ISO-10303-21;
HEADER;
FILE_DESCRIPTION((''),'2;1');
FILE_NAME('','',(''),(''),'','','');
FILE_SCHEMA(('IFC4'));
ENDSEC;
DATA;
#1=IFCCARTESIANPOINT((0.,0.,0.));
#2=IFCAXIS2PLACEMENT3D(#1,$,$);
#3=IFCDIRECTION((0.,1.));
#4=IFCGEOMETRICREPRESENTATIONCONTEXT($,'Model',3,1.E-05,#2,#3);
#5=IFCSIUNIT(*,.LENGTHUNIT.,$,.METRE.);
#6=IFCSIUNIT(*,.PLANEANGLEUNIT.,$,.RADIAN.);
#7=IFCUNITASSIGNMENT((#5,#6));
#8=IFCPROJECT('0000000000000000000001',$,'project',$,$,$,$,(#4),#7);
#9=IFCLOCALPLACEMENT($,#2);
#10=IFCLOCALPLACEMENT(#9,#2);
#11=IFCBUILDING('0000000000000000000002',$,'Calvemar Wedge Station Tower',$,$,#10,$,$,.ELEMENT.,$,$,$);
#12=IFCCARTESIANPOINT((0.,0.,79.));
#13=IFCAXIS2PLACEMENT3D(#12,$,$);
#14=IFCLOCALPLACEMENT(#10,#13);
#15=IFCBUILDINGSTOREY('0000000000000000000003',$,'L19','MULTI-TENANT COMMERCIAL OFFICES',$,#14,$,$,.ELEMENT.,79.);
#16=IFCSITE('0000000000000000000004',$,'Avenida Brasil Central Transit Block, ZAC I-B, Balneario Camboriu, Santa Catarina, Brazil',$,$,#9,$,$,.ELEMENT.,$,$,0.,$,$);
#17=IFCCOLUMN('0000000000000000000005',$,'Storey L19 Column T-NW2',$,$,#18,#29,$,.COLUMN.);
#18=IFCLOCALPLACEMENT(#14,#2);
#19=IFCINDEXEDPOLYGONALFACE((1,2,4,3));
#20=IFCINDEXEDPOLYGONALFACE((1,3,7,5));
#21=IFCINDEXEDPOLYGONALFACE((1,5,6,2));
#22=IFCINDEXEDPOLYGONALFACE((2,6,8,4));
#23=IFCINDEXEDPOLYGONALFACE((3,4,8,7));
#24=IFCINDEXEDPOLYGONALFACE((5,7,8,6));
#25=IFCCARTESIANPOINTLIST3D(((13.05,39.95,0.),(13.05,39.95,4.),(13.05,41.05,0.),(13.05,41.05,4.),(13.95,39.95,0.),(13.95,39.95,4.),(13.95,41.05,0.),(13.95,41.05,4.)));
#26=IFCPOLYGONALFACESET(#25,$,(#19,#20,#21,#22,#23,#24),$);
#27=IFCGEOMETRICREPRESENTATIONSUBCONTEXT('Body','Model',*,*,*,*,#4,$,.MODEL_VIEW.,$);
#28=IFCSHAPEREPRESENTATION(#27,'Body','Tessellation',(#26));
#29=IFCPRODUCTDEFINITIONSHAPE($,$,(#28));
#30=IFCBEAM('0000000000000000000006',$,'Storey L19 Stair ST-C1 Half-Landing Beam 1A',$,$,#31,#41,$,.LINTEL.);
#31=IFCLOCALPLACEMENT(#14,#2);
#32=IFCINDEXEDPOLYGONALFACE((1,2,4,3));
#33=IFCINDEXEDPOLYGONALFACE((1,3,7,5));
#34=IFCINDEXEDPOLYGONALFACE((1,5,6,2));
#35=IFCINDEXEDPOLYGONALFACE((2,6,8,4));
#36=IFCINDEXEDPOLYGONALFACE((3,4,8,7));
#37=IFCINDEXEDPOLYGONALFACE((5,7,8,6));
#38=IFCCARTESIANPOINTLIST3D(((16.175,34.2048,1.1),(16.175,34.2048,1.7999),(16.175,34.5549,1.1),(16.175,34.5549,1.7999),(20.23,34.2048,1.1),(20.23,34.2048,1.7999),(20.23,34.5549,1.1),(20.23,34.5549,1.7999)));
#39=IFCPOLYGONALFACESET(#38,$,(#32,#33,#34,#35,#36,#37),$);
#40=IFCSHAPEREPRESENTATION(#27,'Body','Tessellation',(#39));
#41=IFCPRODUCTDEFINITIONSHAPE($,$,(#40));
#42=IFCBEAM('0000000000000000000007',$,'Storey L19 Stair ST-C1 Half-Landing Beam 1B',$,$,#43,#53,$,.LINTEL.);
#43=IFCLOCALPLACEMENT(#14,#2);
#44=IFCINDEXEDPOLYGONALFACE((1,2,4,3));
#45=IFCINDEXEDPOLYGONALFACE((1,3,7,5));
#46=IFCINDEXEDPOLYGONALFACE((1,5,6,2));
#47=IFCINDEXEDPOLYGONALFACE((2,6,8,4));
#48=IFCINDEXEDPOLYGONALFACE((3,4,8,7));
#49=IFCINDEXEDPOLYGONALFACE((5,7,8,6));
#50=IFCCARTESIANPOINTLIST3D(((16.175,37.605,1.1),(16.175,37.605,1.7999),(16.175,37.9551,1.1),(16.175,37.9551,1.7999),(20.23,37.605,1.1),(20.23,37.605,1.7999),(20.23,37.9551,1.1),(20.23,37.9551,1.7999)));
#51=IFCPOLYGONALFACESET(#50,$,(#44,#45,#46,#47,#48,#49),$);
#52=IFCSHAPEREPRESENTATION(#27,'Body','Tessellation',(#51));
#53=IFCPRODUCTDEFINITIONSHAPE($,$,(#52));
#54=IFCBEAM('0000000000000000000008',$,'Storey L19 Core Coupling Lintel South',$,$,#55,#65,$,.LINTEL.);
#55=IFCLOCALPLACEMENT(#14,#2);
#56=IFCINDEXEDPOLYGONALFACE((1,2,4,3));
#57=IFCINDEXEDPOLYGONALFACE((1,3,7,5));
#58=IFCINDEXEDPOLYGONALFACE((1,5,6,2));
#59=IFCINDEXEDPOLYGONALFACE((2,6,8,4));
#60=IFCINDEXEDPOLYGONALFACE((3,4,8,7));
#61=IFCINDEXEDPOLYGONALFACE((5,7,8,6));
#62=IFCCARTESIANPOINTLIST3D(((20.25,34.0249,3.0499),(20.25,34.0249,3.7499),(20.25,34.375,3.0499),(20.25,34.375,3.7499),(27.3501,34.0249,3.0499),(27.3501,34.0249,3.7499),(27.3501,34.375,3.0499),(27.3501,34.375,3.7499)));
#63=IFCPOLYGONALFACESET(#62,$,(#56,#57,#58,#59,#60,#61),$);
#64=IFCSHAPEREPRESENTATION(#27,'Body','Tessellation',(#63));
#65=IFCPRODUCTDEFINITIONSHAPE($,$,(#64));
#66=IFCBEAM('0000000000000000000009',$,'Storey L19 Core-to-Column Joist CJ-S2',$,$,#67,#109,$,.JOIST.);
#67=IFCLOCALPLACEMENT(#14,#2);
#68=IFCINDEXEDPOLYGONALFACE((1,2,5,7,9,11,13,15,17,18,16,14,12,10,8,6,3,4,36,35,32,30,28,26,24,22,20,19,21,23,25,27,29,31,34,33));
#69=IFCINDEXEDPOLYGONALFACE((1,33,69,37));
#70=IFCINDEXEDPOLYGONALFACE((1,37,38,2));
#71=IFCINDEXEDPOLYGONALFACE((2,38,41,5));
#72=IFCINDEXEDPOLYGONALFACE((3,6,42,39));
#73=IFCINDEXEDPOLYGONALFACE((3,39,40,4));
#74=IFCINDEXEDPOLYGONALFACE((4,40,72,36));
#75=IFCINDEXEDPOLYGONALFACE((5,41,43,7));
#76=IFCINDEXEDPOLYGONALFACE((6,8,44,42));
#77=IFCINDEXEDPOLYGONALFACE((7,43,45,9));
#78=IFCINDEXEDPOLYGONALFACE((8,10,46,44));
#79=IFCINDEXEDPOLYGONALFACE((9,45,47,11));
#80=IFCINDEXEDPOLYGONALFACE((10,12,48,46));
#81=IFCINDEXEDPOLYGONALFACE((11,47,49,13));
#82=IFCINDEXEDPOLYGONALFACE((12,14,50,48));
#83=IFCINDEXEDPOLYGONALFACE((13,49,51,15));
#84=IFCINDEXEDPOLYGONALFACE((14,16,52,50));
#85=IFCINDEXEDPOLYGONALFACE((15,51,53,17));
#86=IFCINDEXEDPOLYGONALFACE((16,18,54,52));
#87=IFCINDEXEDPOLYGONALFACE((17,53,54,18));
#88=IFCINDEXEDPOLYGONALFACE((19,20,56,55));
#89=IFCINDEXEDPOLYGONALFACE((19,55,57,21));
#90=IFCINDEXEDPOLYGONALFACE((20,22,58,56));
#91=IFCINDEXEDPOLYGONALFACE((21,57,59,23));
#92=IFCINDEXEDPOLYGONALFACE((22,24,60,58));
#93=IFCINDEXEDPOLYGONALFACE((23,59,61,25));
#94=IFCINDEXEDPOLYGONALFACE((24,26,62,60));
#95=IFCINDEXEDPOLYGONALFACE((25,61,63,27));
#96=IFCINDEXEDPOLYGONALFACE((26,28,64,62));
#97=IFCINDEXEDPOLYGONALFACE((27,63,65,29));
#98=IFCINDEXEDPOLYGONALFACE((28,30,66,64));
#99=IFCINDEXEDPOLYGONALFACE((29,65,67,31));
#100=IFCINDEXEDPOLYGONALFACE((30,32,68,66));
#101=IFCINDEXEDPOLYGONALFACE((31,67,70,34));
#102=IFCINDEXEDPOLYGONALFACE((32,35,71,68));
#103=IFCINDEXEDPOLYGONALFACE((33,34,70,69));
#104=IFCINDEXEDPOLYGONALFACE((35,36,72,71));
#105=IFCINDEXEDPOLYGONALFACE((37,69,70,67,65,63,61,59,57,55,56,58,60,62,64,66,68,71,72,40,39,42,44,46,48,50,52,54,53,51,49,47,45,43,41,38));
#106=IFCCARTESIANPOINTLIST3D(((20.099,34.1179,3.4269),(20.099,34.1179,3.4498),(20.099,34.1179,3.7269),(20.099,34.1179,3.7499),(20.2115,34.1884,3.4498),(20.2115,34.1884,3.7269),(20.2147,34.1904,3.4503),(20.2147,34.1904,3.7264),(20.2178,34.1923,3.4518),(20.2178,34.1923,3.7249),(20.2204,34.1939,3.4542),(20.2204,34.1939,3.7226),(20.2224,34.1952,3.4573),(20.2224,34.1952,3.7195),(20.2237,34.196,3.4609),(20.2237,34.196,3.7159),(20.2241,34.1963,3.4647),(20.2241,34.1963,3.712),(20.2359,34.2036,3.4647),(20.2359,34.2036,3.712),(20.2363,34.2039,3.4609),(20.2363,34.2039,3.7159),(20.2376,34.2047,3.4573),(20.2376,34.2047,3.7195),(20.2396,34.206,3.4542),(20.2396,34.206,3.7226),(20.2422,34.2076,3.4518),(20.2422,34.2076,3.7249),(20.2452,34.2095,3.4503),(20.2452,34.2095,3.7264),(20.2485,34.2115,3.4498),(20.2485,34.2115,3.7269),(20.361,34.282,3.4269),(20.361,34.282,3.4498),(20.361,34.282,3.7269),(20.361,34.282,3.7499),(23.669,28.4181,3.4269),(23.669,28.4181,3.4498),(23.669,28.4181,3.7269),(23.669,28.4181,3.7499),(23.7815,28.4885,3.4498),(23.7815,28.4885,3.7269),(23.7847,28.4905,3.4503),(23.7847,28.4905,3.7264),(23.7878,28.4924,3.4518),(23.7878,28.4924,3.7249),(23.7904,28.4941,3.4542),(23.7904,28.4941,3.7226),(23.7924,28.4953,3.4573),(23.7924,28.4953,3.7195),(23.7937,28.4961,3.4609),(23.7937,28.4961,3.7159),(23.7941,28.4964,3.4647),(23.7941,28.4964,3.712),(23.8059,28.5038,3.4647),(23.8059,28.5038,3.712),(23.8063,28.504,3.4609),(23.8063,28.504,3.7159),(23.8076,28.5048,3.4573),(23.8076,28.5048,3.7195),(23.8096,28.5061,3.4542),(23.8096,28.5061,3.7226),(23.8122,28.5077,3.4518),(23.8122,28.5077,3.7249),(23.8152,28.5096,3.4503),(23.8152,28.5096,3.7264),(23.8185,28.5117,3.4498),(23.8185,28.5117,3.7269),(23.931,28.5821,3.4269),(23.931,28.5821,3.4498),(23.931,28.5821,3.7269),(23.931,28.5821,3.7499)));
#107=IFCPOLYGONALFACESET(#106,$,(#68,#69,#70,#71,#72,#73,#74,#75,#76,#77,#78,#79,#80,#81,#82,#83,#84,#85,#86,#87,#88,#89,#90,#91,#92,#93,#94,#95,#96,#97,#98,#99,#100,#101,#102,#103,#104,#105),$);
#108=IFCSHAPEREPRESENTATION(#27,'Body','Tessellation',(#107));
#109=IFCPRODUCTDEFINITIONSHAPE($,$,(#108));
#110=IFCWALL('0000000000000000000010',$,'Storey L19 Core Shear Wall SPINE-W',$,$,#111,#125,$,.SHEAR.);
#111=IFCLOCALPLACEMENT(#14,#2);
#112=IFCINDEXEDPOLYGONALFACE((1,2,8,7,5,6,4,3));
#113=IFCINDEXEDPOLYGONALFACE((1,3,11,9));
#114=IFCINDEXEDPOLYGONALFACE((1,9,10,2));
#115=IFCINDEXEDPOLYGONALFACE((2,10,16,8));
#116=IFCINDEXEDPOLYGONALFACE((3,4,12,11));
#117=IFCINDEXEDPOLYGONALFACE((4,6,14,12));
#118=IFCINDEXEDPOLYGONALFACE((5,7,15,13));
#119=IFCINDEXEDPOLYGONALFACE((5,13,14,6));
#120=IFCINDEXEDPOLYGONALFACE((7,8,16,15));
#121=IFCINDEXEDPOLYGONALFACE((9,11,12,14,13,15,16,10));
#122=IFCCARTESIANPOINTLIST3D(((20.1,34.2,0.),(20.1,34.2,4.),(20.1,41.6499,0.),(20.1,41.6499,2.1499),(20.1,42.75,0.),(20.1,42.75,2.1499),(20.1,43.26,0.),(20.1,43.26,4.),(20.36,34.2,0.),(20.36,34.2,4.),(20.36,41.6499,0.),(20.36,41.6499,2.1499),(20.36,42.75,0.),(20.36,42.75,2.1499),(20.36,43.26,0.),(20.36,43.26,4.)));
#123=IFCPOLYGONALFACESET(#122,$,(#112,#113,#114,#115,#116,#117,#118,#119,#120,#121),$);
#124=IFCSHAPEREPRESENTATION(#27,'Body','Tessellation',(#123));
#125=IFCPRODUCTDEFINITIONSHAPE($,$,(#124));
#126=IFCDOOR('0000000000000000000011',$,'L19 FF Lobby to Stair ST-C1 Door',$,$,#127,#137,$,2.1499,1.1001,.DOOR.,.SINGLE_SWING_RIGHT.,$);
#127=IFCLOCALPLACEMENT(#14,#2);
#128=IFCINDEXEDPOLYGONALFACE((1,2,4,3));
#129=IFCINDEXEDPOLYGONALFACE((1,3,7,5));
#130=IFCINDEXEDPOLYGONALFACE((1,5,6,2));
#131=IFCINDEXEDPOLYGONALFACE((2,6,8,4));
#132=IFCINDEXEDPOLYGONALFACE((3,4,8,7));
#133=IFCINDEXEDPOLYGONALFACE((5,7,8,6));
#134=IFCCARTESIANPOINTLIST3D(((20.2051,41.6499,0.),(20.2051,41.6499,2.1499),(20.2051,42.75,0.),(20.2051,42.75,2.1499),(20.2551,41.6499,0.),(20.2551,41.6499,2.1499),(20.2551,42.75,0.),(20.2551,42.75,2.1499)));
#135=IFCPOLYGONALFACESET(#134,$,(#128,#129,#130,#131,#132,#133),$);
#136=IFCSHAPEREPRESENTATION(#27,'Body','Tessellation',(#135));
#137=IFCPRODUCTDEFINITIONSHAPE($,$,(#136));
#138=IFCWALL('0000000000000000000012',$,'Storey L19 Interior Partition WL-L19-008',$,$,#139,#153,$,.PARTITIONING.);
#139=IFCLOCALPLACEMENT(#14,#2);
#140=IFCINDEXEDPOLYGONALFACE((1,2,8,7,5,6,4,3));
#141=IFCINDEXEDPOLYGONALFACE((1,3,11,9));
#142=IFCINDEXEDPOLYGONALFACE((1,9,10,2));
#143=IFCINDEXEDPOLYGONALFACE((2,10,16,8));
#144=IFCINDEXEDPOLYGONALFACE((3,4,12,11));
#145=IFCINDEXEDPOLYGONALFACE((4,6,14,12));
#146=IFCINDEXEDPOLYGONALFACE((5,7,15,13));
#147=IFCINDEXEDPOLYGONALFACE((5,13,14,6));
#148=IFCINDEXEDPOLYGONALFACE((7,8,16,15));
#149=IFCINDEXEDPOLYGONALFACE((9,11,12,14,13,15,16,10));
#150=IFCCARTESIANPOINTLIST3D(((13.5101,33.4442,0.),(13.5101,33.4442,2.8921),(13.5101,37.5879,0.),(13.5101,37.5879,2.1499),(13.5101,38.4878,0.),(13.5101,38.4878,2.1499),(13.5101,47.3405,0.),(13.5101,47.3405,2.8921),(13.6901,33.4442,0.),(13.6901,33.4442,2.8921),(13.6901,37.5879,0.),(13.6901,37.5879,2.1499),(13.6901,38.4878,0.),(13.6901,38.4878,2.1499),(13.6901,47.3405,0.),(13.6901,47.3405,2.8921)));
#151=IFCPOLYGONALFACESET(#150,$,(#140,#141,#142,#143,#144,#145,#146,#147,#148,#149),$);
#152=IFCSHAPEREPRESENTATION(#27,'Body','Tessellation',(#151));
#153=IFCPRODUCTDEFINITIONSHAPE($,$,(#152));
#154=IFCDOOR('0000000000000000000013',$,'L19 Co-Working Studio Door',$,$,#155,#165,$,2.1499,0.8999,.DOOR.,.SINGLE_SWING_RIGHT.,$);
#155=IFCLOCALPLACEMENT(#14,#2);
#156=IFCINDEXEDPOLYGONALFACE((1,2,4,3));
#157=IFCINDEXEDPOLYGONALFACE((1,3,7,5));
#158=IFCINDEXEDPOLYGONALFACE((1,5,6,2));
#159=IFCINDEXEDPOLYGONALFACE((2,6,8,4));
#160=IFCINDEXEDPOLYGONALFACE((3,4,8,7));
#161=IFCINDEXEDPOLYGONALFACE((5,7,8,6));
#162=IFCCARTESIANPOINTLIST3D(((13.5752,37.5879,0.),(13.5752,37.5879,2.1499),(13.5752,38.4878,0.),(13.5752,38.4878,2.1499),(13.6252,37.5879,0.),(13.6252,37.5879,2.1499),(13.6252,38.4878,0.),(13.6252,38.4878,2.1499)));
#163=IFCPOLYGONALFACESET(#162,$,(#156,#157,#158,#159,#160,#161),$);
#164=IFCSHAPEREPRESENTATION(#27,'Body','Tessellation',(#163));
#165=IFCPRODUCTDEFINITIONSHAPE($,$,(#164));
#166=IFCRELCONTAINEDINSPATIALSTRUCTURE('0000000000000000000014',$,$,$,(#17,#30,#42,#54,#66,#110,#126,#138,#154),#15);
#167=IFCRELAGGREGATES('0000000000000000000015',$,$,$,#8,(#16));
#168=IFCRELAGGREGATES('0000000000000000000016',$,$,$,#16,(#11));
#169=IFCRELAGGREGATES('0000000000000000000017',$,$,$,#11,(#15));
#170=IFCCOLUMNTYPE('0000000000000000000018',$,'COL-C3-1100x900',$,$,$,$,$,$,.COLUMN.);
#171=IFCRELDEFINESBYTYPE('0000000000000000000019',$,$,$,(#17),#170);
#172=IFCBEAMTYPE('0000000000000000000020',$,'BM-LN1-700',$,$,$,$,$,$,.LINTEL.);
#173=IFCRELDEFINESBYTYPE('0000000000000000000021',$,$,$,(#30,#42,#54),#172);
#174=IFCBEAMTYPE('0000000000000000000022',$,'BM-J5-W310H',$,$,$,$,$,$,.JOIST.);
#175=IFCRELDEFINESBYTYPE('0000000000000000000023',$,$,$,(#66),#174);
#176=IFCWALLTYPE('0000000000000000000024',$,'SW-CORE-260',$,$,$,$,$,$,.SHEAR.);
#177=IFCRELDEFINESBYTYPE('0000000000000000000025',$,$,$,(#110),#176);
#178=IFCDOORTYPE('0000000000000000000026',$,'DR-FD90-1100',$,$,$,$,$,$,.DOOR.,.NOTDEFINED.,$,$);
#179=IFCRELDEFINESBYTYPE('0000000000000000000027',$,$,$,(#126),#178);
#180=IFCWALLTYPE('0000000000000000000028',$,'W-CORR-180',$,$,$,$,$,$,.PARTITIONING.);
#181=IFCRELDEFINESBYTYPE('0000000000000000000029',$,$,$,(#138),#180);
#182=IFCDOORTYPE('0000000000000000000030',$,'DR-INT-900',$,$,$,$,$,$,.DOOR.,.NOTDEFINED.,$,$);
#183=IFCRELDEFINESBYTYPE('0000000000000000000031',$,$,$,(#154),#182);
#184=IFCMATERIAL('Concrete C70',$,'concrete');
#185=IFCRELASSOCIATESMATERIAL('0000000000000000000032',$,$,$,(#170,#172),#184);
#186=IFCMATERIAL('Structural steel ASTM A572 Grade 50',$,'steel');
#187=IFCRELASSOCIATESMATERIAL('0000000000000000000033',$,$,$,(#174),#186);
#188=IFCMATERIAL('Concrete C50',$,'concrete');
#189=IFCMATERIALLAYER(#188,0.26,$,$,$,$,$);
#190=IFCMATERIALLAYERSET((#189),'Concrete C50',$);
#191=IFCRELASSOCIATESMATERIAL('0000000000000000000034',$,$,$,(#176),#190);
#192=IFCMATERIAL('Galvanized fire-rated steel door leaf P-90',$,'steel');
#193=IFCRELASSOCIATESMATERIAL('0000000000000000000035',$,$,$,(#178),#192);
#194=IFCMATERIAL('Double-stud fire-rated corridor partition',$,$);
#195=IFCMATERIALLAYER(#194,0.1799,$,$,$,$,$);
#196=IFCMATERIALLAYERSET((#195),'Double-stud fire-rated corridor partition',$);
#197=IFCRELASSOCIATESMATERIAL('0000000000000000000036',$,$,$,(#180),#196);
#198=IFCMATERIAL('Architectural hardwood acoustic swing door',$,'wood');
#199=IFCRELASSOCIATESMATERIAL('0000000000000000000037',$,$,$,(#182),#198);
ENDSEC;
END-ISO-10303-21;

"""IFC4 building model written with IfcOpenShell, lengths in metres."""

from ifc_helpers import new_model, si_unit, direction, frame, frame_2d, origin, origin_2d, place, context, subcontext, project, spatial, rectangle, i_section, extrude, source, transform, mapped, material, layer, layer_set, material_profile, profile_set, type_object, element, fill, save


model = new_model("IFC4")

# Units and contexts
model_context = context("Model", 3, precision=1e-05, world=origin(), true_north=direction((0.0, 1.0)))
body_context = subcontext(model_context, "Body", "Model", "MODEL_VIEW")
ifc_project = project(units=[si_unit("LENGTHUNIT", "METRE"), si_unit("PLANEANGLEUNIT", "RADIAN")], contexts=[model_context])

# Site, building, storey
site_placement = place(None, origin())
site = spatial("IfcSite", under=ifc_project, at=site_placement, Name="Avenida Brasil Central Transit Block, ZAC I-B, Balneario Camboriu, Santa Catarina, Brazil", CompositionType="ELEMENT", RefElevation=0.0)
building_placement = place(site_placement, origin())
building = spatial("IfcBuilding", under=site, at=building_placement, Name="Calvemar Wedge Station Tower", CompositionType="ELEMENT")
storey_placement = place(building_placement, frame((0.0, 0.0, 79.0)))
storey = spatial("IfcBuildingStorey", under=building, at=storey_placement, Name="L19", Description="MULTI-TENANT COMMERCIAL OFFICES", CompositionType="ELEMENT", Elevation=79.0)

# Column
ifc_material_1 = material(Name="Concrete C70", Category="concrete")
ifc_material_profile_1 = material_profile(ifc_material_1, rectangle(XDim=0.8999, YDim=1.1001, at=origin_2d()), Name="RC1100x900")
ifc_profile_set_1 = profile_set([ifc_material_profile_1], Name="Concrete C70")
column_type = type_object("IfcColumnType", Name="COL-C3-1100x900", PredefinedType="COLUMN", material=ifc_profile_set_1)
shared_shape_1 = source(origin(), body_context, "Body", "SweptSolid", [
    extrude(rectangle(XDim=0.8999, YDim=1.1001, at=origin_2d()), origin(), (0.0, 0.0, 1.0), 4.0),
])
column_placement = place(storey_placement, frame((13.5, 40.5, 0.0), z_axis=(0.0, 0.0, 1.0), x_axis=(1.0, 0.0, 0.0)))
element("IfcColumn", 1, at=column_placement, inside=storey, type_object=column_type, Name="Storey L19 Column T-NW2", PredefinedType="COLUMN", context=body_context, shape_type="MappedRepresentation", body=[
    mapped(shared_shape_1, transform((0.0, 0.0, 0.0), scale=1.0)),
])

# Beams
ifc_material_profile_2 = material_profile(ifc_material_1, rectangle(XDim=0.3501, YDim=0.7, at=origin_2d()), Name="RC350x700")
ifc_profile_set_2 = profile_set([ifc_material_profile_2], Name="Concrete C70")
beam_type_1 = type_object("IfcBeamType", Name="BM-LN1-700", PredefinedType="LINTEL", material=ifc_profile_set_2)
shared_shape_2 = source(origin(), body_context, "Body", "SweptSolid", [
    extrude(rectangle(XDim=0.3501, YDim=0.7, at=origin_2d()), origin(), (0.0, 0.0, 1.0), 4.0549),
])
for number, where, z_axis, x_axis, name in (
    (2, (16.175, 34.3799, 1.45), (1.0, 0.0, 0.0), (0.0, 1.0, 0.0), "Storey L19 Stair ST-C1 Half-Landing Beam 1A"),
    (3, (16.175, 37.78, 1.45), (1.0, 0.0, 0.0), (0.0, 1.0, 0.0), "Storey L19 Stair ST-C1 Half-Landing Beam 1B"),
):
    element("IfcBeam", number, at=place(storey_placement, frame(where, z_axis=z_axis, x_axis=x_axis)), inside=storey, type_object=beam_type_1, Name=name, PredefinedType="LINTEL", context=body_context, shape_type="MappedRepresentation", body=[
        mapped(shared_shape_2, transform((0.0, 0.0, 0.0), scale=1.0)),
    ])
shared_shape_3 = source(origin(), body_context, "Body", "SweptSolid", [
    extrude(rectangle(XDim=0.3501, YDim=0.7, at=origin_2d()), origin(), (0.0, 0.0, 1.0), 7.1001),
])
beam_1_placement = place(storey_placement, frame((20.25, 34.2, 3.3999), z_axis=(1.0, 0.0, 0.0), x_axis=(0.0, 1.0, 0.0)))
element("IfcBeam", 4, at=beam_1_placement, inside=storey, type_object=beam_type_1, Name="Storey L19 Core Coupling Lintel South", PredefinedType="LINTEL", context=body_context, shape_type="MappedRepresentation", body=[
    mapped(shared_shape_3, transform((0.0, 0.0, 0.0), scale=1.0)),
])
ifc_material_2 = material(Name="Structural steel ASTM A572 Grade 50", Category="steel")
ifc_material_profile_3 = material_profile(ifc_material_2, i_section(OverallWidth=0.3091, OverallDepth=0.323, WebThickness=0.0139, FlangeThickness=0.0229, FilletRadius=0.0149, at=origin_2d()), Name="W310x143")
ifc_profile_set_3 = profile_set([ifc_material_profile_3], Name="Structural steel ASTM A572 Grade 50")
beam_type_2 = type_object("IfcBeamType", Name="BM-J5-W310H", PredefinedType="JOIST", material=ifc_profile_set_3)
shared_shape_4 = source(origin(), body_context, "Body", "SweptSolid", [
    extrude(i_section(OverallWidth=0.3091, OverallDepth=0.323, WebThickness=0.0139, FlangeThickness=0.0229, FilletRadius=0.0149, at=origin_2d()), origin(), (0.0, 0.0, 1.0), 6.7256),
])
beam_2_placement = place(storey_placement, frame((20.23, 34.2, 3.5884), z_axis=(0.530811, -0.84749, 0.0), x_axis=(0.84749, 0.530811, 0.0)))
element("IfcBeam", 5, at=beam_2_placement, inside=storey, type_object=beam_type_2, Name="Storey L19 Core-to-Column Joist CJ-S2", PredefinedType="JOIST", context=body_context, shape_type="MappedRepresentation", body=[
    mapped(shared_shape_4, transform((0.0, 0.0, 0.0), scale=1.0)),
])

# Walls, openings, doors
ifc_material_3 = material(Name="Concrete C50", Category="concrete")
ifc_layer_1 = layer(ifc_material_3, 0.26)
ifc_layer_set_1 = layer_set([ifc_layer_1], Name="Concrete C50")
wall_type_1 = type_object("IfcWallType", Name="SW-CORE-260", PredefinedType="SHEAR", material=ifc_layer_set_1)
wall_1_placement = place(storey_placement, frame((20.23, 34.2, 0.0), z_axis=(0.0, 0.0, 1.0), x_axis=(0.0, 1.0, 0.0)))
wall_1 = element("IfcWall", 6, at=wall_1_placement, inside=storey, type_object=wall_type_1, Name="Storey L19 Core Shear Wall SPINE-W", PredefinedType="SHEAR", context=body_context, shape_type="SweptSolid", body=[
    extrude(rectangle(XDim=9.0601, YDim=0.26, at=frame_2d((4.53, 0.0))), origin(), (0.0, 0.0, 1.0), 4.0),
])
shared_shape_5 = source(origin(), body_context, "Body", "SweptSolid", [
    extrude(rectangle(XDim=1.1001, YDim=2.1499, at=frame_2d((0.55, 1.075))), frame((0.0, 0.1401, 0.0), z_axis=(0.0, -1.0, 0.0), x_axis=(1.0, 0.0, 0.0)), (0.0, 0.0, 1.0), 0.28),
])
opening_1_placement = place(wall_1_placement, frame((7.45, 0.0, 0.0)))
opening_1 = element("IfcOpeningElement", 7, at=opening_1_placement, cuts=wall_1, PredefinedType="OPENING", context=body_context, shape_type="MappedRepresentation", body=[
    mapped(shared_shape_5, transform((0.0, 0.0, 0.0), scale=1.0)),
])
ifc_material_4 = material(Name="Galvanized fire-rated steel door leaf P-90", Category="steel")
door_type_1 = type_object("IfcDoorType", Name="DR-FD90-1100", OperationType="NOTDEFINED", PredefinedType="DOOR", material=ifc_material_4)
shared_shape_6 = source(origin(), body_context, "Body", "SweptSolid", [
    extrude(rectangle(XDim=1.1001, YDim=2.1499, at=frame_2d((0.55, 1.075))), frame((0.0, 0.0249, 0.0), z_axis=(0.0, -1.0, 0.0), x_axis=(1.0, 0.0, 0.0)), (0.0, 0.0, 1.0), 0.05),
])
door_1_placement = place(opening_1_placement, origin())
door_1 = element("IfcDoor", 8, at=door_1_placement, inside=storey, type_object=door_type_1, Name="L19 FF Lobby to Stair ST-C1 Door", OperationType="SINGLE_SWING_RIGHT", OverallHeight=2.1499, OverallWidth=1.1001, PredefinedType="DOOR", context=body_context, shape_type="MappedRepresentation", body=[
    mapped(shared_shape_6, transform((0.0, 0.0, 0.0), scale=1.0)),
])
fill(opening_1, door_1)
ifc_material_5 = material(Name="Double-stud fire-rated corridor partition")
ifc_layer_2 = layer(ifc_material_5, 0.1799)
ifc_layer_set_2 = layer_set([ifc_layer_2], Name="Double-stud fire-rated corridor partition")
wall_type_2 = type_object("IfcWallType", Name="W-CORR-180", PredefinedType="PARTITIONING", material=ifc_layer_set_2)
wall_2_placement = place(storey_placement, frame((13.6001, 33.4441, 0.0), z_axis=(0.0, 0.0, 1.0), x_axis=(0.0, 1.0, 0.0)))
wall_2 = element("IfcWall", 9, at=wall_2_placement, inside=storey, type_object=wall_type_2, Name="Storey L19 Interior Partition WL-L19-008", PredefinedType="PARTITIONING", context=body_context, shape_type="SweptSolid", body=[
    extrude(rectangle(XDim=13.8962, YDim=0.1799, at=frame_2d((6.9482, 0.0))), origin(), (0.0, 0.0, 1.0), 2.8921),
])
shared_shape_7 = source(origin(), body_context, "Body", "SweptSolid", [
    extrude(rectangle(XDim=0.8999, YDim=2.1499, at=frame_2d((0.45, 1.075))), frame((0.0, 0.1001, 0.0), z_axis=(0.0, -1.0, 0.0), x_axis=(1.0, 0.0, 0.0)), (0.0, 0.0, 1.0), 0.2),
])
opening_2_placement = place(wall_2_placement, frame((4.1438, 0.0, 0.0)))
opening_2 = element("IfcOpeningElement", 10, at=opening_2_placement, cuts=wall_2, PredefinedType="OPENING", context=body_context, shape_type="MappedRepresentation", body=[
    mapped(shared_shape_7, transform((0.0, 0.0, 0.0), scale=1.0)),
])
ifc_material_6 = material(Name="Architectural hardwood acoustic swing door", Category="wood")
door_type_2 = type_object("IfcDoorType", Name="DR-INT-900", OperationType="NOTDEFINED", PredefinedType="DOOR", material=ifc_material_6)
shared_shape_8 = source(origin(), body_context, "Body", "SweptSolid", [
    extrude(rectangle(XDim=0.8999, YDim=2.1499, at=frame_2d((0.45, 1.075))), frame((0.0, 0.0249, 0.0), z_axis=(0.0, -1.0, 0.0), x_axis=(1.0, 0.0, 0.0)), (0.0, 0.0, 1.0), 0.05),
])
door_2_placement = place(opening_2_placement, origin())
door_2 = element("IfcDoor", 11, at=door_2_placement, inside=storey, type_object=door_type_2, Name="L19 Co-Working Studio Door", OperationType="SINGLE_SWING_RIGHT", OverallHeight=2.1499, OverallWidth=0.8999, PredefinedType="DOOR", context=body_context, shape_type="MappedRepresentation", body=[
    mapped(shared_shape_8, transform((0.0, 0.0, 0.0), scale=1.0)),
])
fill(opening_2, door_2)

save(model, "model.ifc")
